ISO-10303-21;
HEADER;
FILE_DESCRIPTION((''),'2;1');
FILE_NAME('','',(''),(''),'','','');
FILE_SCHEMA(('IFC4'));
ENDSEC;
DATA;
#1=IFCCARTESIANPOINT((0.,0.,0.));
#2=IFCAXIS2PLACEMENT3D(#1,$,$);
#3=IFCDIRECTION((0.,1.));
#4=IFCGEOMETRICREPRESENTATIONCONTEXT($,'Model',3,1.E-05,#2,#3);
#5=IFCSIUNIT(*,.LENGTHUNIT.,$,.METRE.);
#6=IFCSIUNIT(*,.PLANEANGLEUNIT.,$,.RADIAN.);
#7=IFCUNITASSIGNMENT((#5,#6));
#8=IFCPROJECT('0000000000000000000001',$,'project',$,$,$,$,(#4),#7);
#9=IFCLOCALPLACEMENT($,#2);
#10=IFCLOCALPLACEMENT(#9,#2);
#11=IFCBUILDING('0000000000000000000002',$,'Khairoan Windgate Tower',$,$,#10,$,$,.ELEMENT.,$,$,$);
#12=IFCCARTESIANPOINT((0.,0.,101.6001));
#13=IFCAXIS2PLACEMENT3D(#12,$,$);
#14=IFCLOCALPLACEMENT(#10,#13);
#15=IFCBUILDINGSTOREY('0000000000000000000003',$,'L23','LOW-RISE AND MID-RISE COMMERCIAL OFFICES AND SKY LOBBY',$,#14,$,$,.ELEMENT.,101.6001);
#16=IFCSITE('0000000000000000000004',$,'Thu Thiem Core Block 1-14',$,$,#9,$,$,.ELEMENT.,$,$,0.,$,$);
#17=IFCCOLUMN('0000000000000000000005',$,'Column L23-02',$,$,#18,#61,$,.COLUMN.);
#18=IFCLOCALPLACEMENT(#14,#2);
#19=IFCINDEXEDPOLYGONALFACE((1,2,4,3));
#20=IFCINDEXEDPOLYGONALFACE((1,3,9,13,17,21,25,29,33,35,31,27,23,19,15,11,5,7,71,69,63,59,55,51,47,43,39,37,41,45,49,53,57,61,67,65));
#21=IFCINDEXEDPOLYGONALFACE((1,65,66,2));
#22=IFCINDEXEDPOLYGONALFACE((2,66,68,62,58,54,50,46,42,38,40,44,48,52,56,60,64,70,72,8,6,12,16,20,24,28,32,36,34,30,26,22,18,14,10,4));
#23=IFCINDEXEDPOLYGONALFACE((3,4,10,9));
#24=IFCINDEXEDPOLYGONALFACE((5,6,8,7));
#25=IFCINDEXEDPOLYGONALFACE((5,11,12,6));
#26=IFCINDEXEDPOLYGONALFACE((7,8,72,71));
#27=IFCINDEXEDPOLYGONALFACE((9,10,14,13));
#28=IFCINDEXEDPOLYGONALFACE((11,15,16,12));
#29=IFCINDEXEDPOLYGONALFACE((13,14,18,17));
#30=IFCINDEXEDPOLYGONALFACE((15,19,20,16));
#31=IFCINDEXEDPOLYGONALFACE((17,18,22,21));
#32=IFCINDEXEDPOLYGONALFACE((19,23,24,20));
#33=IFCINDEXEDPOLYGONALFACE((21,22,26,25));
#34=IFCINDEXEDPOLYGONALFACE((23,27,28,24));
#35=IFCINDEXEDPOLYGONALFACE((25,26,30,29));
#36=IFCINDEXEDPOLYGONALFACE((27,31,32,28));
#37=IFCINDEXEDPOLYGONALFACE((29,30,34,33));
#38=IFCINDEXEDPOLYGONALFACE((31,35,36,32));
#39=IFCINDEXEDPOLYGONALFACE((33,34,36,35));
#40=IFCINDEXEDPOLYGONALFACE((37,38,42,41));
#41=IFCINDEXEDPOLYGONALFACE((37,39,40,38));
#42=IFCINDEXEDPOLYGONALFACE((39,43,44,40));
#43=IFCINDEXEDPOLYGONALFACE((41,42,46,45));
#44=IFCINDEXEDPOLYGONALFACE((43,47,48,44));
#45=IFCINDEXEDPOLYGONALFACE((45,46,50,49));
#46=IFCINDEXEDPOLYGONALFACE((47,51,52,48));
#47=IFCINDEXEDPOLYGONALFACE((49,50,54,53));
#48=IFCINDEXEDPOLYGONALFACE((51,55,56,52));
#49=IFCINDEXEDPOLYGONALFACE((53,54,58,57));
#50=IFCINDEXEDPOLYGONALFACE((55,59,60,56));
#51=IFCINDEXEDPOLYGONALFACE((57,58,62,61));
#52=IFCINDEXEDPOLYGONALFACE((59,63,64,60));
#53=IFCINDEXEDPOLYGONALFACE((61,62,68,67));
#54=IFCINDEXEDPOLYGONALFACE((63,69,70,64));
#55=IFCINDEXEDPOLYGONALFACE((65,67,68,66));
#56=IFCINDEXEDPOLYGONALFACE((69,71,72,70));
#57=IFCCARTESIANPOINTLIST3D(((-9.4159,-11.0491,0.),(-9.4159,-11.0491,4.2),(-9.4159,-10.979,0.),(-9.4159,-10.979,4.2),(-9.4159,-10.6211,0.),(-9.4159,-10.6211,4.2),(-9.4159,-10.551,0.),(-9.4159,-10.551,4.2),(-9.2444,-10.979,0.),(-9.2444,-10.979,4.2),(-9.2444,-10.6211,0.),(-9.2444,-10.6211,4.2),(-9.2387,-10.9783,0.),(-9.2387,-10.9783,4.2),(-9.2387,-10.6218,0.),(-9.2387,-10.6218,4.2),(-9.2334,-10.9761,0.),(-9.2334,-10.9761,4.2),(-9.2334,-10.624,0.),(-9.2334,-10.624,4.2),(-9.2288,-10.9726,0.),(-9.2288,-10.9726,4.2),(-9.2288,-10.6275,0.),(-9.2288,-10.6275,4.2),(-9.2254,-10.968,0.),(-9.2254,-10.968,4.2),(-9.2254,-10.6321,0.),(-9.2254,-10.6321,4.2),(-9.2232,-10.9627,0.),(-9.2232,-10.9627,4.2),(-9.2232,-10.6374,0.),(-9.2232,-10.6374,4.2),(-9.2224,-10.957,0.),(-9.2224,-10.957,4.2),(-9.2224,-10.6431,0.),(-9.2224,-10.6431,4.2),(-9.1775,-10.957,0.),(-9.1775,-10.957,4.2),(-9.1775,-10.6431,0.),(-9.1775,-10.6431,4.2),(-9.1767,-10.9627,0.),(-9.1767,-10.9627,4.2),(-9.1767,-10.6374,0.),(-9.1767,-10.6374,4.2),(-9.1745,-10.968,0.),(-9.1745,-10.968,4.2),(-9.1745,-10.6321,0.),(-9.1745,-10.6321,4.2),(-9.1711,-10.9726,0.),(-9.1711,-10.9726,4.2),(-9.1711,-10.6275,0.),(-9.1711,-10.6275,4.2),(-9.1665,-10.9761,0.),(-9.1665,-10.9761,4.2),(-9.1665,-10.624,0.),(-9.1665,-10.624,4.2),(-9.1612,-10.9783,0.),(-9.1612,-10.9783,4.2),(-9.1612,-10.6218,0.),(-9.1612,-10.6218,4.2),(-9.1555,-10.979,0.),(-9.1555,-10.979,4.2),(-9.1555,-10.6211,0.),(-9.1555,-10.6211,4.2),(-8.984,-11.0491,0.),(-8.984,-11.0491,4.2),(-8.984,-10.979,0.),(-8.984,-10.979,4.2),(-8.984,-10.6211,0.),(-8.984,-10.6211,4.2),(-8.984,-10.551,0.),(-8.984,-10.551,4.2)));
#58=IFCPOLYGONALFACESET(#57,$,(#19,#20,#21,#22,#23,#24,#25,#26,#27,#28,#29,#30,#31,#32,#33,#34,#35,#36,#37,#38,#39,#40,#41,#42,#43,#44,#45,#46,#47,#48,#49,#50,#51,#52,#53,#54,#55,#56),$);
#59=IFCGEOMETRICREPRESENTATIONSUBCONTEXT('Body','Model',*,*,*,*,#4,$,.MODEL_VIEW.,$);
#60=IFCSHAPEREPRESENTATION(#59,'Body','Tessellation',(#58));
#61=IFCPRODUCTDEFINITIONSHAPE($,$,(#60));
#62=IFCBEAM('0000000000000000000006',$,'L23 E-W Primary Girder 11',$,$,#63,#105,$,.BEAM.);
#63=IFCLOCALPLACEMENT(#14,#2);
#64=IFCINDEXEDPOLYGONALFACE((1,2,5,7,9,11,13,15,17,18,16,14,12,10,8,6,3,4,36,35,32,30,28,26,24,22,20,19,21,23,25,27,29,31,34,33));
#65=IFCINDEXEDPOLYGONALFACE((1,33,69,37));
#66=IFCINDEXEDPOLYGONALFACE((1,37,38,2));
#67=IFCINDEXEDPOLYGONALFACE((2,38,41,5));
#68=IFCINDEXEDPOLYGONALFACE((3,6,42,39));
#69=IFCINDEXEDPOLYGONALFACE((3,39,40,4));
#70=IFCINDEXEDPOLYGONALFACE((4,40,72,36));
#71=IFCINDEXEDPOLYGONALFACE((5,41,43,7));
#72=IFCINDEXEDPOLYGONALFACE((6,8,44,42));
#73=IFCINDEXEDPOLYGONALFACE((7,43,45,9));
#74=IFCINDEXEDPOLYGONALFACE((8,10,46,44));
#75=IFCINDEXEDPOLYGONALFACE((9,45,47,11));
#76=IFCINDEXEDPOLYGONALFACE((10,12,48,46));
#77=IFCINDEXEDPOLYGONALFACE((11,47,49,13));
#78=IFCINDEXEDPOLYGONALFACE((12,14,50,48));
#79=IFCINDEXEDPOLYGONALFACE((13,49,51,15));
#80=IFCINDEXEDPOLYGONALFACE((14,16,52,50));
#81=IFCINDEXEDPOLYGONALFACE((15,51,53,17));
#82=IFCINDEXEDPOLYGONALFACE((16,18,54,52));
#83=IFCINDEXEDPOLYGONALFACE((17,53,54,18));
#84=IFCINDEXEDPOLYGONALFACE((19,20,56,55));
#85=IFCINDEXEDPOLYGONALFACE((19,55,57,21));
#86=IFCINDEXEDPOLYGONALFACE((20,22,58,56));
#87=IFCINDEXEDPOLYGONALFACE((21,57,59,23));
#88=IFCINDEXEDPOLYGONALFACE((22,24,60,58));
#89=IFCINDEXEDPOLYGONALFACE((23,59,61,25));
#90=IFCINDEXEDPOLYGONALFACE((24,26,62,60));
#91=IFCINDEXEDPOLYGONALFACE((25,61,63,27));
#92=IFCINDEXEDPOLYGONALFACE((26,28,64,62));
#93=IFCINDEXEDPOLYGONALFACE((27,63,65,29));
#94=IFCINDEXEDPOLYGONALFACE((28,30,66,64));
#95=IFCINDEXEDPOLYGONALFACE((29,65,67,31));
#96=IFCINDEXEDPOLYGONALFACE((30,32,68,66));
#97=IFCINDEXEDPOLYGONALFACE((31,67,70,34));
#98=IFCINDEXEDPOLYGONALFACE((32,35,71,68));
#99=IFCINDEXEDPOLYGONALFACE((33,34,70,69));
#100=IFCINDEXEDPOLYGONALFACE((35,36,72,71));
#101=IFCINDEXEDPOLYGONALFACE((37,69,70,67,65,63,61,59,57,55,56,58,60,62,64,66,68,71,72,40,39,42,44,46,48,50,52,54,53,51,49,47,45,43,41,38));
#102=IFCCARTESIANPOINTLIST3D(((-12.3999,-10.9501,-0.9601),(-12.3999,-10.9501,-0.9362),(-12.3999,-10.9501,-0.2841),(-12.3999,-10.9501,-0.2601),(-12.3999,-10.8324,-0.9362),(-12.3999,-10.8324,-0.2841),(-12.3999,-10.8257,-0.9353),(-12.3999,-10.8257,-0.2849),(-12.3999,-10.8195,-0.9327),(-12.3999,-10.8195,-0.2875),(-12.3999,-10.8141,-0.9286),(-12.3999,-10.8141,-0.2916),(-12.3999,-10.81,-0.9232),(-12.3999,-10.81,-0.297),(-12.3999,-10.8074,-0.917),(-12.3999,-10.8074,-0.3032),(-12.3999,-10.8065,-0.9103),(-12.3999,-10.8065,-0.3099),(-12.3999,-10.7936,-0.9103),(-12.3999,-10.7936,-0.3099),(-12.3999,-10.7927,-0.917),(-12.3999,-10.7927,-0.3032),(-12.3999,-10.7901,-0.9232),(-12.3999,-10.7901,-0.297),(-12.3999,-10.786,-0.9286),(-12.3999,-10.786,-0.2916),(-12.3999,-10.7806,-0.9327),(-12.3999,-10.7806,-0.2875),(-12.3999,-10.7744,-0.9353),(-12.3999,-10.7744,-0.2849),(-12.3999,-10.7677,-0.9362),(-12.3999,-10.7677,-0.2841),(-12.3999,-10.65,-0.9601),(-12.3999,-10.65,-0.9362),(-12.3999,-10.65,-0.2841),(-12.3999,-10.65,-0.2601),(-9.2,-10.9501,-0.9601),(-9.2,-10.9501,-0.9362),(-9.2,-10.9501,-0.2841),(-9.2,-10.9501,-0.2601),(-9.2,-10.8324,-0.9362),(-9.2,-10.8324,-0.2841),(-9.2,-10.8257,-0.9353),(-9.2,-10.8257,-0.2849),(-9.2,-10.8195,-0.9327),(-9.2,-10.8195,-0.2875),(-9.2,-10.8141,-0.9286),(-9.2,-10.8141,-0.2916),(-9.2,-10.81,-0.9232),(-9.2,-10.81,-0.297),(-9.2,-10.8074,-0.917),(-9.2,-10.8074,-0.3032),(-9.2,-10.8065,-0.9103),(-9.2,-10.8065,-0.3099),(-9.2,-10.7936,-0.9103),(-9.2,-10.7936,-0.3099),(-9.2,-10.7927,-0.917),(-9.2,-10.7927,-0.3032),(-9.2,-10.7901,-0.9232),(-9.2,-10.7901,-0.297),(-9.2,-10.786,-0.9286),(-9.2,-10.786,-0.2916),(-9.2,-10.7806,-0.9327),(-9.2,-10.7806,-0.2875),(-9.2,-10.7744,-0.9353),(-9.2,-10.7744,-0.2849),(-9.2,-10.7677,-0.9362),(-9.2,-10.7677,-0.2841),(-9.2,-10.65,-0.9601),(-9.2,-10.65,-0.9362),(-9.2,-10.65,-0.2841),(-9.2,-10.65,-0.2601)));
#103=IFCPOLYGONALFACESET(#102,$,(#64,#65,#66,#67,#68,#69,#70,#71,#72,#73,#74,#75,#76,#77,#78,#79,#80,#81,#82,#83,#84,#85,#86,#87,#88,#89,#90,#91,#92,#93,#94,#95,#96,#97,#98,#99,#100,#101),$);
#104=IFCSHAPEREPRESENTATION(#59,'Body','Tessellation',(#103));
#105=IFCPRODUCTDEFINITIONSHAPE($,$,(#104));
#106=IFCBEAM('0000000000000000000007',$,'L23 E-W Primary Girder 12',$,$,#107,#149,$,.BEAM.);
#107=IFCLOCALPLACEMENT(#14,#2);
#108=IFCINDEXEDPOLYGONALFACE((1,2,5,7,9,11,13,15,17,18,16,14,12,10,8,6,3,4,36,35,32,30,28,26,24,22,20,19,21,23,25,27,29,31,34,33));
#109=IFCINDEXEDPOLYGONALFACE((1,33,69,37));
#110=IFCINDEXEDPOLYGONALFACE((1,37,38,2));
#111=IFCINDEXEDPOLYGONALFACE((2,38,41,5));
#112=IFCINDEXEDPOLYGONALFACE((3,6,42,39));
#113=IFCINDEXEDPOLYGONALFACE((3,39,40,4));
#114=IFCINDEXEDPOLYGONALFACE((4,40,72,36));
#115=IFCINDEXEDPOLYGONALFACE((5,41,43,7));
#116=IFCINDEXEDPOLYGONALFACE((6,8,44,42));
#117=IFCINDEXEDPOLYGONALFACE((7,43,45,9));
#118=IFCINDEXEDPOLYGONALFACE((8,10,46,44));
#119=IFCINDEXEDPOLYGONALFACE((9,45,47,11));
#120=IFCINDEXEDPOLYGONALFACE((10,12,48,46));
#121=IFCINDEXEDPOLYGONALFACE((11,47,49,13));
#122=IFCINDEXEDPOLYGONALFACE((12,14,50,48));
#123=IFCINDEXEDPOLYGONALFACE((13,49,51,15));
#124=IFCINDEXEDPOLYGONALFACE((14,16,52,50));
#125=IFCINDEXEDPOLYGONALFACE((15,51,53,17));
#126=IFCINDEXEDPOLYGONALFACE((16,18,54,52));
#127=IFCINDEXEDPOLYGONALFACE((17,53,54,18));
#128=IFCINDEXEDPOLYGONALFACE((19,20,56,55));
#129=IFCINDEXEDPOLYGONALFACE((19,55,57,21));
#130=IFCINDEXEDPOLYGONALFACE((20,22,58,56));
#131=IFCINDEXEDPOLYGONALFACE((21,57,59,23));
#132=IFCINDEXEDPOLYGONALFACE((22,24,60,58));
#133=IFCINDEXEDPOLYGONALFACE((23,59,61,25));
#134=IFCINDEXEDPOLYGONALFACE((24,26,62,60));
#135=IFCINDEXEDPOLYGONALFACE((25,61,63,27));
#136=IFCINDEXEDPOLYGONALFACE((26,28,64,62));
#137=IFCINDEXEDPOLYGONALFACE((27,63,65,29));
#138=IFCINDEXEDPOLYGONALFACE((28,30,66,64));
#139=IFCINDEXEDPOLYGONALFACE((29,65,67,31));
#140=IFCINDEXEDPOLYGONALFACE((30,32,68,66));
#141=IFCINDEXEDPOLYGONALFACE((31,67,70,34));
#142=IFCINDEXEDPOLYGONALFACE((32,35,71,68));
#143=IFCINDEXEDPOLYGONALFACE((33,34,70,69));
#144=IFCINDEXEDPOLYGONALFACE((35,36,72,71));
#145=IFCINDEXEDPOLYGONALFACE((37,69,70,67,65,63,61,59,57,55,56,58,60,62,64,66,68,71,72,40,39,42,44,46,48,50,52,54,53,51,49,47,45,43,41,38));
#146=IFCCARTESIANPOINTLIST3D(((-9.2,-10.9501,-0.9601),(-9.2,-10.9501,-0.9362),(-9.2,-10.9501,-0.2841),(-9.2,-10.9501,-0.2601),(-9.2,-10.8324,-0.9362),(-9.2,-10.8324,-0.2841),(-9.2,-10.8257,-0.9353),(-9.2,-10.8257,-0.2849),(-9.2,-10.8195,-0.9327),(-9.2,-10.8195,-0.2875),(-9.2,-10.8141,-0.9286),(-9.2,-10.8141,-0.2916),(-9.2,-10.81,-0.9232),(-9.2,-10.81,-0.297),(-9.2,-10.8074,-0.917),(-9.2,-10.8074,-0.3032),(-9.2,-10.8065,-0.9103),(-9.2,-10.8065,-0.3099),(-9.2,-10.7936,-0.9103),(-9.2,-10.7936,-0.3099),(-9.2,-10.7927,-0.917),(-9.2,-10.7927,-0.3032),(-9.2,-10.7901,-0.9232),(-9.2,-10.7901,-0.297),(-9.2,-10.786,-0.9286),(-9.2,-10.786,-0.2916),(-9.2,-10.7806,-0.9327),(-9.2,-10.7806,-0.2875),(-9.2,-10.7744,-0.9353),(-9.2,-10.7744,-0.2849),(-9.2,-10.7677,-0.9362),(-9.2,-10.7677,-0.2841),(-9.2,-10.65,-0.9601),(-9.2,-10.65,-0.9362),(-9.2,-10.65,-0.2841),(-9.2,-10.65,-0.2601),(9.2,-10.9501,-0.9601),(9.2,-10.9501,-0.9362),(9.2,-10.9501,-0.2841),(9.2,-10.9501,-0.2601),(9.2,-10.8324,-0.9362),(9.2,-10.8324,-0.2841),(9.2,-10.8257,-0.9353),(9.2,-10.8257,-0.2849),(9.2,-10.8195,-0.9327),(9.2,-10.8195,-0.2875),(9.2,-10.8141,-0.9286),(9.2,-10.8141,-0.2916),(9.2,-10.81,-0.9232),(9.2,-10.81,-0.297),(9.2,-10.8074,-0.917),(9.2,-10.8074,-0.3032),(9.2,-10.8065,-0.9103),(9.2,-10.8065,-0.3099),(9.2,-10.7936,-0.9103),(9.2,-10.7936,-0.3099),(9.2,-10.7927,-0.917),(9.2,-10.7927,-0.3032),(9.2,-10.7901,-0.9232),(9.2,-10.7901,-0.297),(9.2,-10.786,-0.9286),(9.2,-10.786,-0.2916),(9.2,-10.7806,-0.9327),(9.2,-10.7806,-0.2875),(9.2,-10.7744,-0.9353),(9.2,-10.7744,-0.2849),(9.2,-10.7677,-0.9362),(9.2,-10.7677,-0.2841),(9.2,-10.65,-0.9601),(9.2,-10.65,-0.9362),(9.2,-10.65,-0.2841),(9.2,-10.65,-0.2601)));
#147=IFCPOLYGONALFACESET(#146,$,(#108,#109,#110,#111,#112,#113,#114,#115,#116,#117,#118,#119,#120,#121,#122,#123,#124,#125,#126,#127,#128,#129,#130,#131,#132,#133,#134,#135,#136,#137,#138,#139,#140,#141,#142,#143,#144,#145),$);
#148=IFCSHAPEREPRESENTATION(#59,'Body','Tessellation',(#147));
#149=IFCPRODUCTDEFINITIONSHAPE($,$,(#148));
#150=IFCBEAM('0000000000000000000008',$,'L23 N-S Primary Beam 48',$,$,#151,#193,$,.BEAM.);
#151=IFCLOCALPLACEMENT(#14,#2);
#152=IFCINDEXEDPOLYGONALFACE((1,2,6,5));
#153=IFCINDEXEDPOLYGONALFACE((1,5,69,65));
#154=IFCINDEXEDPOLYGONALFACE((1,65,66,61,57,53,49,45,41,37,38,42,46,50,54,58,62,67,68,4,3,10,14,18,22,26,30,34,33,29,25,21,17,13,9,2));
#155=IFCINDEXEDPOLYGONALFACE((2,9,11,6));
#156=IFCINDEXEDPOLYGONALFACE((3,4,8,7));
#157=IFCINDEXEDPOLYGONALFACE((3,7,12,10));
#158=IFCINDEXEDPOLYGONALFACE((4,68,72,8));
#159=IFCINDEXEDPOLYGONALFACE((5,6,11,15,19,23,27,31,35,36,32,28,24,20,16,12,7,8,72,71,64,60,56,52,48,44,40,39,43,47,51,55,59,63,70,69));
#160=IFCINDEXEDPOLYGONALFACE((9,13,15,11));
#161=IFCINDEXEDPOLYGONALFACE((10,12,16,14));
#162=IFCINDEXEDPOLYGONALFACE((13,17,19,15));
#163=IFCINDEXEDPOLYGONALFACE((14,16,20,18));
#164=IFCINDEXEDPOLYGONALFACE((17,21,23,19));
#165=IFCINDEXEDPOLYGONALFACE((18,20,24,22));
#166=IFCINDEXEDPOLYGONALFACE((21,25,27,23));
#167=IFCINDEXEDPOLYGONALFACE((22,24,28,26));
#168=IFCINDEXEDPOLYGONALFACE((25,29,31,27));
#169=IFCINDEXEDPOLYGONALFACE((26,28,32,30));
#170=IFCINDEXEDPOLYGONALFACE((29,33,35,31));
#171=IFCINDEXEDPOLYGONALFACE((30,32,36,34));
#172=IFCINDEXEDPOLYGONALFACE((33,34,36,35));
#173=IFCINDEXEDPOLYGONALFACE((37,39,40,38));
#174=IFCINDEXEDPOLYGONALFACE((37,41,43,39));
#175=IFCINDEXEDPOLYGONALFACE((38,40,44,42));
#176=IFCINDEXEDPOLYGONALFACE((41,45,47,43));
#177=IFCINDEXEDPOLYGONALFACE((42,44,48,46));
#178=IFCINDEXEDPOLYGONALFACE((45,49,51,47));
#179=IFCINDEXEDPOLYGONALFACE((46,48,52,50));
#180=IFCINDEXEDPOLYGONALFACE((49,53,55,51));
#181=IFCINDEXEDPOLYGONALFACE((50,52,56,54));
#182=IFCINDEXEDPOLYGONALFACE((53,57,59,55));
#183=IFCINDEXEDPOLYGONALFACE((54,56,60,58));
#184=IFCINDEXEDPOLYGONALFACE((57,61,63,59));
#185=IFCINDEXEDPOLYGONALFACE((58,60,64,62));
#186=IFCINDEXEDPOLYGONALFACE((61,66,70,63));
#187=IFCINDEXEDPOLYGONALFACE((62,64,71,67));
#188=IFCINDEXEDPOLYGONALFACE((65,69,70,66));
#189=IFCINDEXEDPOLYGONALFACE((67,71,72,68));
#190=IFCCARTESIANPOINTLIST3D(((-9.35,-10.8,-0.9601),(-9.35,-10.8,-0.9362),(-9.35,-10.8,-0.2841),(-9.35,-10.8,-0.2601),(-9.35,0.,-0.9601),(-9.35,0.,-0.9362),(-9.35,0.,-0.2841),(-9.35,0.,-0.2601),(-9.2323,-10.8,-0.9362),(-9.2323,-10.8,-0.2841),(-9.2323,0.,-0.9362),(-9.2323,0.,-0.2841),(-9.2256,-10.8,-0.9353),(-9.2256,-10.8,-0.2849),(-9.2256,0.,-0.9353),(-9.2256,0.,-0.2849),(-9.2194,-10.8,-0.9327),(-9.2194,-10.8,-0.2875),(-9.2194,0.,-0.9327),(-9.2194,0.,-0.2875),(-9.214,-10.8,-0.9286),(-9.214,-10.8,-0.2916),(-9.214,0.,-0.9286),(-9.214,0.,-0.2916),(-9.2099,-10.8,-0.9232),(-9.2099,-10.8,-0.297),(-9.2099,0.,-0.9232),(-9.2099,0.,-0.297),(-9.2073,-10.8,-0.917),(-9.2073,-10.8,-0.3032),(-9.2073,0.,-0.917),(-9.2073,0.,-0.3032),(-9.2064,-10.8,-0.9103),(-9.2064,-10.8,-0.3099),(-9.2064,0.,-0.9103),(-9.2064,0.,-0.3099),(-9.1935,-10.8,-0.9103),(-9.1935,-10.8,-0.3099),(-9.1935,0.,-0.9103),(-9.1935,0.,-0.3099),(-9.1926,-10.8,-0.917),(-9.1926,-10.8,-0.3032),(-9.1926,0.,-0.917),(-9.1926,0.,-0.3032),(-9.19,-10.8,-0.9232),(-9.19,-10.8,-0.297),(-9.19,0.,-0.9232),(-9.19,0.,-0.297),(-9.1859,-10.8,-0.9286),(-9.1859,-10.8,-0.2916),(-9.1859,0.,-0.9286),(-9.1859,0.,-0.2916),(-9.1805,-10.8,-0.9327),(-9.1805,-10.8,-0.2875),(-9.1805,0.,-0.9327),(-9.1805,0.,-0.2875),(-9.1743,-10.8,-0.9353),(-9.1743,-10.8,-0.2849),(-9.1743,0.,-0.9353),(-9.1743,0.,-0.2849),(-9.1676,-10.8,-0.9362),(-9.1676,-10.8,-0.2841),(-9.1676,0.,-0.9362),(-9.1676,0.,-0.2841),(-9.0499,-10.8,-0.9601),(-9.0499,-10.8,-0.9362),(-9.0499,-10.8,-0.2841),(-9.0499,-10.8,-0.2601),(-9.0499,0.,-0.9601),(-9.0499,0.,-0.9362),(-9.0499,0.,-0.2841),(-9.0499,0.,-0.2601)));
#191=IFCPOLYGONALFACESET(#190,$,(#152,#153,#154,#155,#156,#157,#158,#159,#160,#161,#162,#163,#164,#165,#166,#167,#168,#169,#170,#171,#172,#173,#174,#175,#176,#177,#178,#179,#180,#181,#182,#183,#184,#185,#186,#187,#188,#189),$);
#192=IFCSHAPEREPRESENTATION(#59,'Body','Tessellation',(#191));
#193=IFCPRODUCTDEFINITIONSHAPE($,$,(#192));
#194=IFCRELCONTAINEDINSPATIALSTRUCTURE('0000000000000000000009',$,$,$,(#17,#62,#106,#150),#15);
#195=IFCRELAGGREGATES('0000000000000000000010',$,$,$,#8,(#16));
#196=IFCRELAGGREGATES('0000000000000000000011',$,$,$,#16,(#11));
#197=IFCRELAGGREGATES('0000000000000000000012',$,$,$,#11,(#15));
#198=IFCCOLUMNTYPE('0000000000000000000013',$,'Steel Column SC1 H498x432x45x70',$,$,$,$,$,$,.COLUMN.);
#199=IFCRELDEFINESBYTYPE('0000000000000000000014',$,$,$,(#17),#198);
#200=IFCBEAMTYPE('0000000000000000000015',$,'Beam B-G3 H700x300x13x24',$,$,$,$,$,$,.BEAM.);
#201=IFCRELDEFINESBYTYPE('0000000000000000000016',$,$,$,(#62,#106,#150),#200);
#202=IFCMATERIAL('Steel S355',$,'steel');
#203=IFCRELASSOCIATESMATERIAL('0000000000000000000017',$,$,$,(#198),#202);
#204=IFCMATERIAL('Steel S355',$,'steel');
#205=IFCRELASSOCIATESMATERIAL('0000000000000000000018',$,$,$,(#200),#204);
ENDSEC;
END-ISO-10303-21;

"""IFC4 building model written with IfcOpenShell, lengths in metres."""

from ifc_helpers import new_model, si_unit, direction, frame, origin, origin_2d, place, context, subcontext, project, spatial, i_section, extrude, material, material_profile, profile_set, type_object, element, save


model = new_model("IFC4")

# Units and contexts
model_context = context("Model", 3, precision=1e-05, world=origin(), true_north=direction((0.0, 1.0)))
body_context = subcontext(model_context, "Body", "Model", "MODEL_VIEW")
ifc_project = project(units=[si_unit("LENGTHUNIT", "METRE"), si_unit("PLANEANGLEUNIT", "RADIAN")], contexts=[model_context])

# Site, building, storey
site_placement = place(None, origin())
site = spatial("IfcSite", under=ifc_project, at=site_placement, Name="Thu Thiem Core Block 1-14", CompositionType="ELEMENT", RefElevation=0.0)
building_placement = place(site_placement, origin())
building = spatial("IfcBuilding", under=site, at=building_placement, Name="Khairoan Windgate Tower", CompositionType="ELEMENT")
storey_placement = place(building_placement, frame((0.0, 0.0, 101.6001)))
storey = spatial("IfcBuildingStorey", under=building, at=storey_placement, Name="L23", Description="LOW-RISE AND MID-RISE COMMERCIAL OFFICES AND SKY LOBBY", CompositionType="ELEMENT", Elevation=101.6001)

# Column
ifc_material_1 = material(Name="Steel S355", Category="steel")
ifc_material_profile_1 = material_profile(ifc_material_1, i_section(OverallWidth=0.4319, OverallDepth=0.498, WebThickness=0.0449, FlangeThickness=0.0701, FilletRadius=0.022, at=origin_2d()))
ifc_profile_set_1 = profile_set([ifc_material_profile_1], Name="Steel S355")
column_type = type_object("IfcColumnType", Name="Steel Column SC1 H498x432x45x70", PredefinedType="COLUMN", material=ifc_profile_set_1)
column_placement = place(storey_placement, frame((-9.2, -10.8, 0.0), z_axis=(0.0, 0.0, 1.0), x_axis=(1.0, 0.0, 0.0)))
element("IfcColumn", 1, at=column_placement, inside=storey, type_object=column_type, Name="Column L23-02", PredefinedType="COLUMN", context=body_context, shape_type="SweptSolid", body=[
    extrude(i_section(OverallWidth=0.4319, OverallDepth=0.498, WebThickness=0.0449, FlangeThickness=0.0701, FilletRadius=0.022, at=origin_2d()), origin(), (0.0, 0.0, 1.0), 4.2),
])

# Beams
ifc_material_2 = material(Name="Steel S355", Category="steel")
ifc_material_profile_2 = material_profile(ifc_material_2, i_section(OverallWidth=0.3, OverallDepth=0.7, WebThickness=0.0129, FlangeThickness=0.0239, FilletRadius=0.0259, at=origin_2d()))
ifc_profile_set_2 = profile_set([ifc_material_profile_2], Name="Steel S355")
beam_type_1 = type_object("IfcBeamType", Name="Beam B-G3 H700x300x13x24", PredefinedType="BEAM", material=ifc_profile_set_2)
beam_1_placement = place(storey_placement, frame((-12.3999, -10.8, -0.6101), z_axis=(1.0, 0.0, 0.0), x_axis=(0.0, 1.0, 0.0)))
element("IfcBeam", 2, at=beam_1_placement, inside=storey, type_object=beam_type_1, Name="L23 E-W Primary Girder 11", PredefinedType="BEAM", context=body_context, shape_type="SweptSolid", body=[
    extrude(i_section(OverallWidth=0.3, OverallDepth=0.7, WebThickness=0.0129, FlangeThickness=0.0239, FilletRadius=0.0259, at=origin_2d()), origin(), (0.0, 0.0, 1.0), 3.2),
])
beam_2_placement = place(storey_placement, frame((-9.2, -10.8, -0.6101), z_axis=(1.0, 0.0, 0.0), x_axis=(0.0, 1.0, 0.0)))
element("IfcBeam", 3, at=beam_2_placement, inside=storey, type_object=beam_type_1, Name="L23 E-W Primary Girder 12", PredefinedType="BEAM", context=body_context, shape_type="SweptSolid", body=[
    extrude(i_section(OverallWidth=0.3, OverallDepth=0.7, WebThickness=0.0129, FlangeThickness=0.0239, FilletRadius=0.0259, at=origin_2d()), origin(), (0.0, 0.0, 1.0), 18.3999),
])
beam_3_placement = place(storey_placement, frame((-9.2, -10.8, -0.6101), z_axis=(0.0, 1.0, 0.0), x_axis=(-1.0, 0.0, 0.0)))
element("IfcBeam", 4, at=beam_3_placement, inside=storey, type_object=beam_type_1, Name="L23 N-S Primary Beam 48", PredefinedType="BEAM", context=body_context, shape_type="SweptSolid", body=[
    extrude(i_section(OverallWidth=0.3, OverallDepth=0.7, WebThickness=0.0129, FlangeThickness=0.0239, FilletRadius=0.0259, at=origin_2d()), origin(), (0.0, 0.0, 1.0), 10.8),
])

save(model, "model.ifc")
